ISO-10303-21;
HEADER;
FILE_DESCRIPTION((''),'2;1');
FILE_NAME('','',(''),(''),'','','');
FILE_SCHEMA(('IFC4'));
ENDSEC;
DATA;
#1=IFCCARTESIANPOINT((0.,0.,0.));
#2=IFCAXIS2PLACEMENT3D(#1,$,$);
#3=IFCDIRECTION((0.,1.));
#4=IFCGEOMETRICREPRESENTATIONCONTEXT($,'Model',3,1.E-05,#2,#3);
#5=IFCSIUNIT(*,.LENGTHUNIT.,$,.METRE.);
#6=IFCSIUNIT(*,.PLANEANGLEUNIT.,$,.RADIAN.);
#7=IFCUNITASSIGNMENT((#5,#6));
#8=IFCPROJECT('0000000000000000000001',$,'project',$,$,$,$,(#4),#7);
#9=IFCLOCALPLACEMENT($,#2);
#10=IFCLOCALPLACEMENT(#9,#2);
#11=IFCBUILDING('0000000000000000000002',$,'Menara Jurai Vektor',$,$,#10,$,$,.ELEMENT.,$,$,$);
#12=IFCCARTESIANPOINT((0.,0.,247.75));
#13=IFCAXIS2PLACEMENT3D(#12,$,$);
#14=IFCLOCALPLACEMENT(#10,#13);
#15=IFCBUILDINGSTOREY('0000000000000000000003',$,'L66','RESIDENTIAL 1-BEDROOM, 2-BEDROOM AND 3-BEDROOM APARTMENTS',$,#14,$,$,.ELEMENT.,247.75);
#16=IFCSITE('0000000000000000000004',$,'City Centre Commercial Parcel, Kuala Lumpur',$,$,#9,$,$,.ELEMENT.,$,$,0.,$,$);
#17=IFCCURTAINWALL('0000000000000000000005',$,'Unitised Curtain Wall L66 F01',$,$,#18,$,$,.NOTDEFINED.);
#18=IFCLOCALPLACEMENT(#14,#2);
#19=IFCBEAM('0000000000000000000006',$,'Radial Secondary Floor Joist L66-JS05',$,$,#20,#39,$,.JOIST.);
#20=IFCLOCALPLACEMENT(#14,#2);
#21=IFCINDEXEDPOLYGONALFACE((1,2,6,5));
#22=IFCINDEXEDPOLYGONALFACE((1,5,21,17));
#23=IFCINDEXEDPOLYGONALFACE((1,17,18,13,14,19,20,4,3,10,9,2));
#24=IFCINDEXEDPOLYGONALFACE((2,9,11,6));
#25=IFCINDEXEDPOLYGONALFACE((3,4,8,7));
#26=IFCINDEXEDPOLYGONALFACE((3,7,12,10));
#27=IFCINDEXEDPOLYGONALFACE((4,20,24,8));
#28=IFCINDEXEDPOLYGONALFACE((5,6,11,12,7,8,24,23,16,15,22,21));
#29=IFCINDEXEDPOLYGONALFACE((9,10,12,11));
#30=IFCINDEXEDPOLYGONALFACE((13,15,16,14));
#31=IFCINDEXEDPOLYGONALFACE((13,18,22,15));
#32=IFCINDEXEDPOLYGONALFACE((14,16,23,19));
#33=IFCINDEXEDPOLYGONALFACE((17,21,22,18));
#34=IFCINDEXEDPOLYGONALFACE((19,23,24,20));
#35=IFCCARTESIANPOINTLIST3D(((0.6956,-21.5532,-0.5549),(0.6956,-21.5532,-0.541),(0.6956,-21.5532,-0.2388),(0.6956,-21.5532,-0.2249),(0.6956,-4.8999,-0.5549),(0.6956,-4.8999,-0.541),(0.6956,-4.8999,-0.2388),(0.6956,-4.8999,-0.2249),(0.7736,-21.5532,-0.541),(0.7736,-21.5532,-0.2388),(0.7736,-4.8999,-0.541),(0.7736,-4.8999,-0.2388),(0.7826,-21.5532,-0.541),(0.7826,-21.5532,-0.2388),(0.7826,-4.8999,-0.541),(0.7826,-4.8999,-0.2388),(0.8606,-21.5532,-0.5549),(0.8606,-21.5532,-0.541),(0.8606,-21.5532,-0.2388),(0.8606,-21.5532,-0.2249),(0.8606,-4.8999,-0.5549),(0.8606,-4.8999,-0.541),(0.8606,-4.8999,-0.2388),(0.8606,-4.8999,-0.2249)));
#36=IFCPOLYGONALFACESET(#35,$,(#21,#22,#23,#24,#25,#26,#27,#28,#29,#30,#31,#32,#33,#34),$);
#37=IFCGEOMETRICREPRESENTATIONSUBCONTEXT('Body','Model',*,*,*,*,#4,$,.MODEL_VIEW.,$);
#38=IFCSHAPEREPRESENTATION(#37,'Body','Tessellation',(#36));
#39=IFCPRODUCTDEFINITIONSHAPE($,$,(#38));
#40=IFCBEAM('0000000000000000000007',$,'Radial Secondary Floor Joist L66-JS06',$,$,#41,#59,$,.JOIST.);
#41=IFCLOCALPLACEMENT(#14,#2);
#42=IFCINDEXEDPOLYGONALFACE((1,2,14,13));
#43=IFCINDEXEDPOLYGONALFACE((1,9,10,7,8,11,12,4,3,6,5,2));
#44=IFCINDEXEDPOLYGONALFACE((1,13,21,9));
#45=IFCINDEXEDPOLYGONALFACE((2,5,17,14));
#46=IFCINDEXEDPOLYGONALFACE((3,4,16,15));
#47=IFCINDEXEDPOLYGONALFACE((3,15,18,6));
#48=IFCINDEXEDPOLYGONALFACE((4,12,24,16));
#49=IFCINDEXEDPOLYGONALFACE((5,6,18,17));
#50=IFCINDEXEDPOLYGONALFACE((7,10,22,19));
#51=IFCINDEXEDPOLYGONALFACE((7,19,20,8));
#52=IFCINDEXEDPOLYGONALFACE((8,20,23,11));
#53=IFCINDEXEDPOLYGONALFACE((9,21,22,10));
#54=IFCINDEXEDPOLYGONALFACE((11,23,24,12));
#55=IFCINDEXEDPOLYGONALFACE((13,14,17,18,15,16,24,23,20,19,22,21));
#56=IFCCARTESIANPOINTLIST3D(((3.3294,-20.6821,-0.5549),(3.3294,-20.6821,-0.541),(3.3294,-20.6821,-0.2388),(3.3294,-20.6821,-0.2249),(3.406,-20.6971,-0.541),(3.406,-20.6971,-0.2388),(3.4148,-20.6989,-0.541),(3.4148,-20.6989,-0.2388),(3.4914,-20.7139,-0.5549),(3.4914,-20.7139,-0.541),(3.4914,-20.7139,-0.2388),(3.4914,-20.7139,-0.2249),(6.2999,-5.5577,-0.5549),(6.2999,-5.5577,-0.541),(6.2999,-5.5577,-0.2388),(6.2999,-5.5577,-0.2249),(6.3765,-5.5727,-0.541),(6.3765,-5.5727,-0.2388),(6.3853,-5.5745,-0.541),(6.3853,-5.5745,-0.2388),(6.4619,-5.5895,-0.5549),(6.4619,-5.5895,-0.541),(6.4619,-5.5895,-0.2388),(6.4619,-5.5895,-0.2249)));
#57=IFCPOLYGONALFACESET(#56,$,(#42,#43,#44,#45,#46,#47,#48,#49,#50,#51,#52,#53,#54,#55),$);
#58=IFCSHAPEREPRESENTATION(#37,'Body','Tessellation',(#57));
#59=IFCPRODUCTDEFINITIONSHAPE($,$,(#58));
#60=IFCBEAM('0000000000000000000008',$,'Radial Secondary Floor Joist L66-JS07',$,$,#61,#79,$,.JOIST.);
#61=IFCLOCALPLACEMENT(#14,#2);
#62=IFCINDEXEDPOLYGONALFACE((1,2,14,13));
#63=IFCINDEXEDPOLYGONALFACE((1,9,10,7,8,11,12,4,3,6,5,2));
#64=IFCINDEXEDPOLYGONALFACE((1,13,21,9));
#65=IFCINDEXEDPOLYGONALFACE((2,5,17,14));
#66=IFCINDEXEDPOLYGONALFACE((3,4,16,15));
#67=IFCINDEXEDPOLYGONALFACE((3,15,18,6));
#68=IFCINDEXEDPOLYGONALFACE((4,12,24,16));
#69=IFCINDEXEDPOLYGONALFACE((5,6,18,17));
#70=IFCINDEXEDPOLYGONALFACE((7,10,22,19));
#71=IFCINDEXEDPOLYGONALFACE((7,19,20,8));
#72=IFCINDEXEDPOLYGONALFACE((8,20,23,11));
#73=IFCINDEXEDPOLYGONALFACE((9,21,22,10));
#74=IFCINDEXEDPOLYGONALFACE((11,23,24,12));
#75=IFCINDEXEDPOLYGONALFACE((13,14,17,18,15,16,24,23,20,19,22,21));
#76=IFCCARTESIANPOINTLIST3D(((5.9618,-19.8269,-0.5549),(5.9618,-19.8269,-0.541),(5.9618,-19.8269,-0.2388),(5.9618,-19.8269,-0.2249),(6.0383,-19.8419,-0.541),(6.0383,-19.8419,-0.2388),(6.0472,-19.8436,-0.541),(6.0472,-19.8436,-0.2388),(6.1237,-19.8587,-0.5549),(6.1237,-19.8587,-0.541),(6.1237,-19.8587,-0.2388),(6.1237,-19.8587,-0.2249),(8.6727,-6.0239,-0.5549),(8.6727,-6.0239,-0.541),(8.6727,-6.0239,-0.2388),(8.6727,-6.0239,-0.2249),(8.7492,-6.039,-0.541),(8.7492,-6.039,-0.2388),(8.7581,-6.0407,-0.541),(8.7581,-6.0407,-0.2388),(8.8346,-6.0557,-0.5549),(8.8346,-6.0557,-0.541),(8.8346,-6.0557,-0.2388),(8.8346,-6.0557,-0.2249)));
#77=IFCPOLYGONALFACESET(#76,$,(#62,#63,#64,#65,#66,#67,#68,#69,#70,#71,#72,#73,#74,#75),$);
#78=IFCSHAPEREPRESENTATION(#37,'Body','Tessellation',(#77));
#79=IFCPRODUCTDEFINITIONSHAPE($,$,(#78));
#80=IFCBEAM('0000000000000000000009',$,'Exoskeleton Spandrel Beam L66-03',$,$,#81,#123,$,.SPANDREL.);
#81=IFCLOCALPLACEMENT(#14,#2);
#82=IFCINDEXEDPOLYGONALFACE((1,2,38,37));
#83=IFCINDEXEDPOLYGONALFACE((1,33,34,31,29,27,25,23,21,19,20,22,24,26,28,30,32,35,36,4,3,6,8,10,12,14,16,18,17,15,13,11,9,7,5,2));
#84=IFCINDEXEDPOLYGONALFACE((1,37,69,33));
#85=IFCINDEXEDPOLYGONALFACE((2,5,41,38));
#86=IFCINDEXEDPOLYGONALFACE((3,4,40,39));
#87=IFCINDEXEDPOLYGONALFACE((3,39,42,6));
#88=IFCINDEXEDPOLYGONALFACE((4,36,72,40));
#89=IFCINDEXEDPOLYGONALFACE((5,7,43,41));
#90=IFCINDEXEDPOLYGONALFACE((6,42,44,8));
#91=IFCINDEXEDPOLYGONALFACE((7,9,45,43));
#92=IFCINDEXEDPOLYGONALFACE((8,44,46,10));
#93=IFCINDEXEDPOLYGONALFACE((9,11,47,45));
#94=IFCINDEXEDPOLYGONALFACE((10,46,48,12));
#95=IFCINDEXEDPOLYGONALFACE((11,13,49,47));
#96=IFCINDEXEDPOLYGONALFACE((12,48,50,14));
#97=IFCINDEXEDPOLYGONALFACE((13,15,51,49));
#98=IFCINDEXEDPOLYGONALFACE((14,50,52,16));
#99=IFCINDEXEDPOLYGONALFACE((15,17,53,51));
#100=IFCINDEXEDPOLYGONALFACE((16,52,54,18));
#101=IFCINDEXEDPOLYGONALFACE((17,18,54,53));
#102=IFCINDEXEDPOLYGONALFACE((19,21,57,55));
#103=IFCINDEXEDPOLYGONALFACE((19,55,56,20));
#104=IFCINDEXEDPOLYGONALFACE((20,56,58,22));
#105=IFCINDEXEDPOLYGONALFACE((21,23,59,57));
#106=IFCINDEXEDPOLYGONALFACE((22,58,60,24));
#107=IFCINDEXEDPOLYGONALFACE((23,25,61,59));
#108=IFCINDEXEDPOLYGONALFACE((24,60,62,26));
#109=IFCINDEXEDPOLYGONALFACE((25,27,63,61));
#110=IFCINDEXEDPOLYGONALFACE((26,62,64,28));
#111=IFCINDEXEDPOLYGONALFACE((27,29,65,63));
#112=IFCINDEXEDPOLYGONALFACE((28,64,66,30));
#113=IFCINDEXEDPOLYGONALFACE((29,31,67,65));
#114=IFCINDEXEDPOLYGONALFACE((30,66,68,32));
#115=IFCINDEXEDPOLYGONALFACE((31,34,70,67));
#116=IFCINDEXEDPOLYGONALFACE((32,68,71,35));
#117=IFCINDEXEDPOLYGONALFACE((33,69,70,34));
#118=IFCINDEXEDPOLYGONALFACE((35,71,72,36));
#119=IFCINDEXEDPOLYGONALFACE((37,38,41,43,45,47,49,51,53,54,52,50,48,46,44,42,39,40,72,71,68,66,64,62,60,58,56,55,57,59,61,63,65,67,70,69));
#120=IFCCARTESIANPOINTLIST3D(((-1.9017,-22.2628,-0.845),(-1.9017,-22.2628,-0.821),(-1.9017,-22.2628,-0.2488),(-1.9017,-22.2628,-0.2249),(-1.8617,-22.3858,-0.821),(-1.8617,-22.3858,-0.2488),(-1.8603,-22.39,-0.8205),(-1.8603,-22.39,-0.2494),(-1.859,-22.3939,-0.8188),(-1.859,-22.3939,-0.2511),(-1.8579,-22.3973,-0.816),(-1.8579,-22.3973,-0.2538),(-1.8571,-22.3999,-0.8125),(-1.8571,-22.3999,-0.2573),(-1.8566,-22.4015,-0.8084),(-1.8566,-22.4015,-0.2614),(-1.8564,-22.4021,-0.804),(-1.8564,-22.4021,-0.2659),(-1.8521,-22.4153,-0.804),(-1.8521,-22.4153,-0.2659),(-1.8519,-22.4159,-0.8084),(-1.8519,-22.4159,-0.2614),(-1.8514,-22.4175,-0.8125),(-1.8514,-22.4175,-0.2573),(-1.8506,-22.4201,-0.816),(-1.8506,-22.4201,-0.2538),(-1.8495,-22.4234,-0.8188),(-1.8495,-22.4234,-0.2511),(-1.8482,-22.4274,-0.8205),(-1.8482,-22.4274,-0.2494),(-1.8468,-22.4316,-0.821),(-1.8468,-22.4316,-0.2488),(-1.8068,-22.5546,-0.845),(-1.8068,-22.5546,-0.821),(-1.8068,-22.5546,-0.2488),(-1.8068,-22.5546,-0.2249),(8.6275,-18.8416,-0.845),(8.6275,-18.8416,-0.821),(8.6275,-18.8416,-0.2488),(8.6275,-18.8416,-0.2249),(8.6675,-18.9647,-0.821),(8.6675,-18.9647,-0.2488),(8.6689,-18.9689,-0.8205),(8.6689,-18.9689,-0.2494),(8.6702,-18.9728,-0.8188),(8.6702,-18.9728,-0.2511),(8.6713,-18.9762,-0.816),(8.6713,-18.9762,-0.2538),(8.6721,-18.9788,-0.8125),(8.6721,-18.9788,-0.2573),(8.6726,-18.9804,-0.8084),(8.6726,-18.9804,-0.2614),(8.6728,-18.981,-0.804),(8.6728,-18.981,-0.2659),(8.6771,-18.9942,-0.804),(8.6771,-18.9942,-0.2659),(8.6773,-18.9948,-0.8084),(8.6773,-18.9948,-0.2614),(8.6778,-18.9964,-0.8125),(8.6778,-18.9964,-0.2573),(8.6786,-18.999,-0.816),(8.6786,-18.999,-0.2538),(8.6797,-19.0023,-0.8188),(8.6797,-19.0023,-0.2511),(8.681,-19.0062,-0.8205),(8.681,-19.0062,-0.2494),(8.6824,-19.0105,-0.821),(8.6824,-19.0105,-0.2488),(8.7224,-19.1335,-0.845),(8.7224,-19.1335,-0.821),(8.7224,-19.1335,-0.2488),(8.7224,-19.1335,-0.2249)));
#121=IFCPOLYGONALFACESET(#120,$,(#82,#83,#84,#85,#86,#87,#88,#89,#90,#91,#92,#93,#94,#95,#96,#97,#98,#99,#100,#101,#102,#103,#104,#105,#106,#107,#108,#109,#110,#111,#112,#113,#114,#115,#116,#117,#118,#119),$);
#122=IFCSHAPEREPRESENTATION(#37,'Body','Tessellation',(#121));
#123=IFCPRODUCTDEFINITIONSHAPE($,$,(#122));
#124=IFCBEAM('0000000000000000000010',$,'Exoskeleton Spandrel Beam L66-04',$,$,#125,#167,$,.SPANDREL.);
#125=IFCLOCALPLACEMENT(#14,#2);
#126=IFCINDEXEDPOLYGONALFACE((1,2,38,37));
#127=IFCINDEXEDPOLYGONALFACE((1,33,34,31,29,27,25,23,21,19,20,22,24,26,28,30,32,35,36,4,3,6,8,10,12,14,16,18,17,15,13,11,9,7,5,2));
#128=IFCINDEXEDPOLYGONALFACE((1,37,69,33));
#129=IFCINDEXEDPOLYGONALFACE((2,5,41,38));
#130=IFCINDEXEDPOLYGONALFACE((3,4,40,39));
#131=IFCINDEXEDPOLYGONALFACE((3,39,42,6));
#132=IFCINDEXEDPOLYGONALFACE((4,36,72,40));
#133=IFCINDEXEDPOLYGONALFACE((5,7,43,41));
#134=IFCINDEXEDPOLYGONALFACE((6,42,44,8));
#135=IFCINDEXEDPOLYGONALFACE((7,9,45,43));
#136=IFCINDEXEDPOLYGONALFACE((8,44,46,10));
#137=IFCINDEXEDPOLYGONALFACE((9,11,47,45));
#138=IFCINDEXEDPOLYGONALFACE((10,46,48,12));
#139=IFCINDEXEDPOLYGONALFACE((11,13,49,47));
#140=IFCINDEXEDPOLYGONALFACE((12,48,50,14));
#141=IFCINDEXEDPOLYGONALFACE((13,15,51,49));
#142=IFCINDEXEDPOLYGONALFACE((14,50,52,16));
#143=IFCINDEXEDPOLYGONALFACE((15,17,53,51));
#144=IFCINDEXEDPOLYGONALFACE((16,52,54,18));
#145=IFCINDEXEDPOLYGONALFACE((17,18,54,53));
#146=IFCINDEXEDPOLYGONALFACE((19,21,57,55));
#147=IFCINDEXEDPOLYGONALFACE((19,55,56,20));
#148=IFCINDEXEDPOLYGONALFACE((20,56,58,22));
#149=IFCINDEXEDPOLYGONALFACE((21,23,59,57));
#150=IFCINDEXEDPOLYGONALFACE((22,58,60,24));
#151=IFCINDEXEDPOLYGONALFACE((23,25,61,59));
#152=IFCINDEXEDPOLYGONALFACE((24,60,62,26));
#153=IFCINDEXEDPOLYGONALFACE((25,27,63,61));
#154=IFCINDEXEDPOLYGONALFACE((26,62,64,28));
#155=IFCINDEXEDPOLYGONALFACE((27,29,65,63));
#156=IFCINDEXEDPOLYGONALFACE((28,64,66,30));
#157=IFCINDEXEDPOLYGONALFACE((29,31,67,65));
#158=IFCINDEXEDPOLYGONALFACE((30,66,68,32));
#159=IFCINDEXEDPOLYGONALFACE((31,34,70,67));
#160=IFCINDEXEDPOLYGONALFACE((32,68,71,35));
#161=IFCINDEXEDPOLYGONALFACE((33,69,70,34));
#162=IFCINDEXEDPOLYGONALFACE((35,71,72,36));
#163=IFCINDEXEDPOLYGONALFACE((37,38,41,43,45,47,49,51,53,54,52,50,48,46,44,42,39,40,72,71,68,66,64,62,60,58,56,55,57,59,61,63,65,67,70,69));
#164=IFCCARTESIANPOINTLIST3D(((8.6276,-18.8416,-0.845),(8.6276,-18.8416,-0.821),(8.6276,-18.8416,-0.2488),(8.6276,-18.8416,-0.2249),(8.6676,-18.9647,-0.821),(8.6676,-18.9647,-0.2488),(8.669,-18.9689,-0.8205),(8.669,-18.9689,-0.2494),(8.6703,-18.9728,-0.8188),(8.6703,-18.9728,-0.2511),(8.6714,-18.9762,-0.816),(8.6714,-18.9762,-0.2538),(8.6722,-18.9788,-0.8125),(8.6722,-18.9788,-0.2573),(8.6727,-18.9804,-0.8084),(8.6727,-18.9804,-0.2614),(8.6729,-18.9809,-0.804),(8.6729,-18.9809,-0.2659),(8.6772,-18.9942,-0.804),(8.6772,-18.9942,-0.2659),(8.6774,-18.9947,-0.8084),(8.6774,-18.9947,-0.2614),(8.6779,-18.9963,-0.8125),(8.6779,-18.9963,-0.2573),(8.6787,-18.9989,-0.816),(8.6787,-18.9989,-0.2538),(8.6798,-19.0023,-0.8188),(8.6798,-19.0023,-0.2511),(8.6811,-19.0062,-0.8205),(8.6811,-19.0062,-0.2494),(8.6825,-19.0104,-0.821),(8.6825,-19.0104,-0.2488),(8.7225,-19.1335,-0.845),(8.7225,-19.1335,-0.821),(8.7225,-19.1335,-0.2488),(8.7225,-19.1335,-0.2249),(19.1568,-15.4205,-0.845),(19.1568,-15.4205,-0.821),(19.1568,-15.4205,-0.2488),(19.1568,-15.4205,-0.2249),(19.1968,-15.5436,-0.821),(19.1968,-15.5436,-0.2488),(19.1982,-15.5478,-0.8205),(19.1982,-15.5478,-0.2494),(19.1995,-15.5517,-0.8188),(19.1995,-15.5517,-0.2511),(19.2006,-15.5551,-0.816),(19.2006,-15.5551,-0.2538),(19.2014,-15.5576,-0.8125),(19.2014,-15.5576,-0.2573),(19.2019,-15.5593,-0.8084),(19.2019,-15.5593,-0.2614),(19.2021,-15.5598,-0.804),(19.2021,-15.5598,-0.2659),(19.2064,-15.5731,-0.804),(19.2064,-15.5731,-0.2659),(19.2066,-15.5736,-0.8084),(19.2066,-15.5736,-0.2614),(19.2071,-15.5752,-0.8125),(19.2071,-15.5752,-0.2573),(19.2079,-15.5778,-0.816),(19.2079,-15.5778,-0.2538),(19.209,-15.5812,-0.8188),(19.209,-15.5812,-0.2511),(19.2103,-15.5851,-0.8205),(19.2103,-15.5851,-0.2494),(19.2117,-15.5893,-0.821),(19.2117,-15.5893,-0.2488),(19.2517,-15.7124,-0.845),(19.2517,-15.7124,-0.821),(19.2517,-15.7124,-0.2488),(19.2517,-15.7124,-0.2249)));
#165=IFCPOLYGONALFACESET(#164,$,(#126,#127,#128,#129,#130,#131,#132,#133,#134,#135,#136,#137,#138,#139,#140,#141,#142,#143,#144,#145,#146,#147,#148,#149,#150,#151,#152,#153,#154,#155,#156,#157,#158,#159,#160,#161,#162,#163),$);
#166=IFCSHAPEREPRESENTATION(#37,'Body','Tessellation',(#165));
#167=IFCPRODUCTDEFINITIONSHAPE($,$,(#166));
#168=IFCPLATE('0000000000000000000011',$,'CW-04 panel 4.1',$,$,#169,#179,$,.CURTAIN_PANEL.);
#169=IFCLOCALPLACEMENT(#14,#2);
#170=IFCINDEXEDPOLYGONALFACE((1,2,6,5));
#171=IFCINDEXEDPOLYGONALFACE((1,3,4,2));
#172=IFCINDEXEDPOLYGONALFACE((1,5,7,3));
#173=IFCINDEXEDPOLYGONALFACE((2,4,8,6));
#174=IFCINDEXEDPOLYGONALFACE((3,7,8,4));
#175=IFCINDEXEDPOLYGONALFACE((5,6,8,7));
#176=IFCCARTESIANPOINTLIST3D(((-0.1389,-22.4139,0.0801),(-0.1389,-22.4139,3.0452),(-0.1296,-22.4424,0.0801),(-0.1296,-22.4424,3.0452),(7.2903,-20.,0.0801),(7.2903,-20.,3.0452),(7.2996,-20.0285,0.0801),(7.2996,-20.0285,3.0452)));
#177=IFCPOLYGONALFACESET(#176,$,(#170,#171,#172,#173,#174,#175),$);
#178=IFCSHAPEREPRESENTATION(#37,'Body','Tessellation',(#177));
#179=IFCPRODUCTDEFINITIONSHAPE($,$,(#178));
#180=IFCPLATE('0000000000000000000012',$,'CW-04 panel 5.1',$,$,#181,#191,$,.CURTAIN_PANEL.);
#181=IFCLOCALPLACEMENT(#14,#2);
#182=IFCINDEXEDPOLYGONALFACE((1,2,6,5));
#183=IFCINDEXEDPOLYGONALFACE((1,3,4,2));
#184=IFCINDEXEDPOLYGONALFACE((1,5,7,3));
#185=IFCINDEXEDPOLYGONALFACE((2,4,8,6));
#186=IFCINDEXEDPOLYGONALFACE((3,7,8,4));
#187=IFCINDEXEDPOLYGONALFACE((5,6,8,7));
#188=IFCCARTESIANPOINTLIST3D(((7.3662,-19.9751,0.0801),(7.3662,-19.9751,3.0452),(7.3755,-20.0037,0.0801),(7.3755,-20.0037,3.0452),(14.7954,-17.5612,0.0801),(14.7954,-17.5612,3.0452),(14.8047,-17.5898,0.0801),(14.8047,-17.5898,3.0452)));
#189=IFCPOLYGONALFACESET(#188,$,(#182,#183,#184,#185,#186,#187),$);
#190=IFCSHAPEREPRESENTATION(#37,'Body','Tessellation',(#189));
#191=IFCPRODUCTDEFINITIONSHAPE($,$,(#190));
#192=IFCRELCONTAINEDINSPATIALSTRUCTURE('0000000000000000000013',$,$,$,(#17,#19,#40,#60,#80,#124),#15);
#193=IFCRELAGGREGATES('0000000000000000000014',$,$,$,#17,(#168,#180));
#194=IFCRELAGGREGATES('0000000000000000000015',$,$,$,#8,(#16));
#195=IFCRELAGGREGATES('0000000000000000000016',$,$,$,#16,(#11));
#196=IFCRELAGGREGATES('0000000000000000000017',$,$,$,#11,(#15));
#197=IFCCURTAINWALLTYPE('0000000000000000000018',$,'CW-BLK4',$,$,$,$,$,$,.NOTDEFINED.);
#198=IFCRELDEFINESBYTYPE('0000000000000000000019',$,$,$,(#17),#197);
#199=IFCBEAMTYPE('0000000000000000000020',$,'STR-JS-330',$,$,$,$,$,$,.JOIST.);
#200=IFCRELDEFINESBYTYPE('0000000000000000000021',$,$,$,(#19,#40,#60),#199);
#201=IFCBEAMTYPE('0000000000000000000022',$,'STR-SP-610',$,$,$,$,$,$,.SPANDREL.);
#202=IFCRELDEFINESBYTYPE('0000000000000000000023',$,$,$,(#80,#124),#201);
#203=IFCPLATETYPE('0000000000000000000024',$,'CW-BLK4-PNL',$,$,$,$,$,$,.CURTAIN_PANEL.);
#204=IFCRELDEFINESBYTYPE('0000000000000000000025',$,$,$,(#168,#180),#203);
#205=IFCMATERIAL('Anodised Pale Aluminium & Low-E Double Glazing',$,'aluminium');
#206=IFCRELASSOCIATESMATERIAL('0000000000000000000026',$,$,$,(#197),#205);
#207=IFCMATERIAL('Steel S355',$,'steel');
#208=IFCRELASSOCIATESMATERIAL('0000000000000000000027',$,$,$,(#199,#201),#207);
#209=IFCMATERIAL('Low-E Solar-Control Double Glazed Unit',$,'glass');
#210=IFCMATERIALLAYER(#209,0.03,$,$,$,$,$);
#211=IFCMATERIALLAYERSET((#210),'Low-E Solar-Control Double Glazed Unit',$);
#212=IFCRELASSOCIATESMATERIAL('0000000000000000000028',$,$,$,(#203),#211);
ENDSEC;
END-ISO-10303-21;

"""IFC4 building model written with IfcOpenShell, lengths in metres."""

from ifc_helpers import new_model, si_unit, direction, frame, origin, origin_2d, place, context, subcontext, project, spatial, rectangle, i_section, extrude, material, layer, layer_set, material_profile, profile_set, type_object, element, aggregate, save


model = new_model("IFC4")

# Units and contexts
model_context = context("Model", 3, precision=1e-05, world=origin(), true_north=direction((0.0, 1.0)))
body_context = subcontext(model_context, "Body", "Model", "MODEL_VIEW")
ifc_project = project(units=[si_unit("LENGTHUNIT", "METRE"), si_unit("PLANEANGLEUNIT", "RADIAN")], contexts=[model_context])

# Site, building, storey
site_placement = place(None, origin())
site = spatial("IfcSite", under=ifc_project, at=site_placement, Name="City Centre Commercial Parcel, Kuala Lumpur", CompositionType="ELEMENT", RefElevation=0.0)
building_placement = place(site_placement, origin())
building = spatial("IfcBuilding", under=site, at=building_placement, Name="Menara Jurai Vektor", CompositionType="ELEMENT")
storey_placement = place(building_placement, frame((0.0, 0.0, 247.75)))
storey = spatial("IfcBuildingStorey", under=building, at=storey_placement, Name="L66", Description="RESIDENTIAL 1-BEDROOM, 2-BEDROOM AND 3-BEDROOM APARTMENTS", CompositionType="ELEMENT", Elevation=247.75)

# Curtain wall
ifc_material_1 = material(Name="Anodised Pale Aluminium & Low-E Double Glazing", Category="aluminium")
curtain_wall_type = type_object("IfcCurtainWallType", Name="CW-BLK4", PredefinedType="NOTDEFINED", material=ifc_material_1)
curtain_wall_placement = place(storey_placement, origin())
curtain_wall = element("IfcCurtainWall", 1, at=curtain_wall_placement, inside=storey, type_object=curtain_wall_type, Name="Unitised Curtain Wall L66 F01", PredefinedType="NOTDEFINED")

# Beams
ifc_material_2 = material(Name="Steel S355", Category="steel")
ifc_material_profile_1 = material_profile(ifc_material_2, i_section(OverallWidth=0.165, OverallDepth=0.3301, WebThickness=0.009, FlangeThickness=0.0139, at=origin_2d()), Name="PG 330x165x46")
ifc_profile_set_1 = profile_set([ifc_material_profile_1], Name="Steel S355")
beam_type_1 = type_object("IfcBeamType", Name="STR-JS-330", PredefinedType="JOIST", material=ifc_profile_set_1)
beam_1_placement = place(storey_placement, frame((0.7781, -21.5532, -0.3899), z_axis=(0.0, 1.0, 0.0), x_axis=(-1.0, 0.0, 0.0)))
element("IfcBeam", 2, at=beam_1_placement, inside=storey, type_object=beam_type_1, Name="Radial Secondary Floor Joist L66-JS05", PredefinedType="JOIST", context=body_context, shape_type="SweptSolid", body=[
    extrude(i_section(OverallWidth=0.165, OverallDepth=0.3301, WebThickness=0.009, FlangeThickness=0.0139, at=origin_2d()), origin(), (0.0, 0.0, 1.0), 16.6533),
])
beam_2_placement = place(storey_placement, frame((3.4104, -20.698, -0.3899), z_axis=(0.192722, 0.981253, 0.0), x_axis=(-0.981253, 0.192722, 0.0)))
element("IfcBeam", 3, at=beam_2_placement, inside=storey, type_object=beam_type_1, Name="Radial Secondary Floor Joist L66-JS06", PredefinedType="JOIST", context=body_context, shape_type="SweptSolid", body=[
    extrude(i_section(OverallWidth=0.165, OverallDepth=0.3301, WebThickness=0.009, FlangeThickness=0.0139, at=origin_2d()), origin(), (0.0, 0.0, 1.0), 15.4133),
])
beam_3_placement = place(storey_placement, frame((6.0427, -19.8428, -0.3899), z_axis=(0.192721, 0.981254, 0.0), x_axis=(-0.981254, 0.192721, 0.0)))
element("IfcBeam", 4, at=beam_3_placement, inside=storey, type_object=beam_type_1, Name="Radial Secondary Floor Joist L66-JS07", PredefinedType="JOIST", context=body_context, shape_type="SweptSolid", body=[
    extrude(i_section(OverallWidth=0.165, OverallDepth=0.3301, WebThickness=0.009, FlangeThickness=0.0139, at=origin_2d()), origin(), (0.0, 0.0, 1.0), 14.0667),
])
ifc_material_profile_2 = material_profile(ifc_material_2, i_section(OverallWidth=0.3069, OverallDepth=0.6201, WebThickness=0.0139, FlangeThickness=0.0239, FilletRadius=0.0171, at=origin_2d()), Name="UKB 610x305x179")
ifc_profile_set_2 = profile_set([ifc_material_profile_2], Name="Steel S355")
beam_type_2 = type_object("IfcBeamType", Name="STR-SP-610", PredefinedType="SPANDREL", material=ifc_profile_set_2)
for number, where, z_axis, x_axis, name in (
    (5, (-1.8542, -22.4087, -0.5349), (0.951057, 0.309014, 0.0), (-0.309014, 0.951057, 0.0), "Exoskeleton Spandrel Beam L66-03"),
    (6, (8.675, -18.9875, -0.5349), (0.951057, 0.309014, 0.0), (-0.309014, 0.951057, 0.0), "Exoskeleton Spandrel Beam L66-04"),
):
    element("IfcBeam", number, at=place(storey_placement, frame(where, z_axis=z_axis, x_axis=x_axis)), inside=storey, type_object=beam_type_2, Name=name, PredefinedType="SPANDREL", context=body_context, shape_type="SweptSolid", body=[
        extrude(i_section(OverallWidth=0.3069, OverallDepth=0.6201, WebThickness=0.0139, FlangeThickness=0.0239, FilletRadius=0.0171, at=origin_2d()), origin(), (0.0, 0.0, 1.0), 11.071),
    ])

# Plates
ifc_material_3 = material(Name="Low-E Solar-Control Double Glazed Unit", Category="glass")
ifc_layer_1 = layer(ifc_material_3, 0.03)
ifc_layer_set_1 = layer_set([ifc_layer_1], Name="Low-E Solar-Control Double Glazed Unit")
plate_type_1 = type_object("IfcPlateType", Name="CW-BLK4-PNL", PredefinedType="CURTAIN_PANEL", material=ifc_layer_set_1)
plate_1_placement = place(storey_placement, frame((3.5803, -21.2212, 0.0801), z_axis=(0.0, 0.0, 1.0), x_axis=(0.951056, 0.309017, 0.0)))
plate_1 = element("IfcPlate", 7, at=plate_1_placement, type_object=plate_type_1, Name="CW-04 panel 4.1", PredefinedType="CURTAIN_PANEL", context=body_context, shape_type="SweptSolid", body=[
    extrude(rectangle(XDim=7.8115, YDim=0.03, at=origin_2d()), origin(), (0.0, 0.0, 1.0), 2.9651),
])
plate_2_placement = place(storey_placement, frame((11.0854, -18.7825, 0.0801), z_axis=(0.0, 0.0, 1.0), x_axis=(0.951056, 0.309017, 0.0)))
plate_2 = element("IfcPlate", 8, at=plate_2_placement, type_object=plate_type_1, Name="CW-04 panel 5.1", PredefinedType="CURTAIN_PANEL", context=body_context, shape_type="SweptSolid", body=[
    extrude(rectangle(XDim=7.8115, YDim=0.03, at=origin_2d()), origin(), (0.0, 0.0, 1.0), 2.9651),
])
aggregate(curtain_wall, [plate_1, plate_2])

save(model, "model.ifc")
